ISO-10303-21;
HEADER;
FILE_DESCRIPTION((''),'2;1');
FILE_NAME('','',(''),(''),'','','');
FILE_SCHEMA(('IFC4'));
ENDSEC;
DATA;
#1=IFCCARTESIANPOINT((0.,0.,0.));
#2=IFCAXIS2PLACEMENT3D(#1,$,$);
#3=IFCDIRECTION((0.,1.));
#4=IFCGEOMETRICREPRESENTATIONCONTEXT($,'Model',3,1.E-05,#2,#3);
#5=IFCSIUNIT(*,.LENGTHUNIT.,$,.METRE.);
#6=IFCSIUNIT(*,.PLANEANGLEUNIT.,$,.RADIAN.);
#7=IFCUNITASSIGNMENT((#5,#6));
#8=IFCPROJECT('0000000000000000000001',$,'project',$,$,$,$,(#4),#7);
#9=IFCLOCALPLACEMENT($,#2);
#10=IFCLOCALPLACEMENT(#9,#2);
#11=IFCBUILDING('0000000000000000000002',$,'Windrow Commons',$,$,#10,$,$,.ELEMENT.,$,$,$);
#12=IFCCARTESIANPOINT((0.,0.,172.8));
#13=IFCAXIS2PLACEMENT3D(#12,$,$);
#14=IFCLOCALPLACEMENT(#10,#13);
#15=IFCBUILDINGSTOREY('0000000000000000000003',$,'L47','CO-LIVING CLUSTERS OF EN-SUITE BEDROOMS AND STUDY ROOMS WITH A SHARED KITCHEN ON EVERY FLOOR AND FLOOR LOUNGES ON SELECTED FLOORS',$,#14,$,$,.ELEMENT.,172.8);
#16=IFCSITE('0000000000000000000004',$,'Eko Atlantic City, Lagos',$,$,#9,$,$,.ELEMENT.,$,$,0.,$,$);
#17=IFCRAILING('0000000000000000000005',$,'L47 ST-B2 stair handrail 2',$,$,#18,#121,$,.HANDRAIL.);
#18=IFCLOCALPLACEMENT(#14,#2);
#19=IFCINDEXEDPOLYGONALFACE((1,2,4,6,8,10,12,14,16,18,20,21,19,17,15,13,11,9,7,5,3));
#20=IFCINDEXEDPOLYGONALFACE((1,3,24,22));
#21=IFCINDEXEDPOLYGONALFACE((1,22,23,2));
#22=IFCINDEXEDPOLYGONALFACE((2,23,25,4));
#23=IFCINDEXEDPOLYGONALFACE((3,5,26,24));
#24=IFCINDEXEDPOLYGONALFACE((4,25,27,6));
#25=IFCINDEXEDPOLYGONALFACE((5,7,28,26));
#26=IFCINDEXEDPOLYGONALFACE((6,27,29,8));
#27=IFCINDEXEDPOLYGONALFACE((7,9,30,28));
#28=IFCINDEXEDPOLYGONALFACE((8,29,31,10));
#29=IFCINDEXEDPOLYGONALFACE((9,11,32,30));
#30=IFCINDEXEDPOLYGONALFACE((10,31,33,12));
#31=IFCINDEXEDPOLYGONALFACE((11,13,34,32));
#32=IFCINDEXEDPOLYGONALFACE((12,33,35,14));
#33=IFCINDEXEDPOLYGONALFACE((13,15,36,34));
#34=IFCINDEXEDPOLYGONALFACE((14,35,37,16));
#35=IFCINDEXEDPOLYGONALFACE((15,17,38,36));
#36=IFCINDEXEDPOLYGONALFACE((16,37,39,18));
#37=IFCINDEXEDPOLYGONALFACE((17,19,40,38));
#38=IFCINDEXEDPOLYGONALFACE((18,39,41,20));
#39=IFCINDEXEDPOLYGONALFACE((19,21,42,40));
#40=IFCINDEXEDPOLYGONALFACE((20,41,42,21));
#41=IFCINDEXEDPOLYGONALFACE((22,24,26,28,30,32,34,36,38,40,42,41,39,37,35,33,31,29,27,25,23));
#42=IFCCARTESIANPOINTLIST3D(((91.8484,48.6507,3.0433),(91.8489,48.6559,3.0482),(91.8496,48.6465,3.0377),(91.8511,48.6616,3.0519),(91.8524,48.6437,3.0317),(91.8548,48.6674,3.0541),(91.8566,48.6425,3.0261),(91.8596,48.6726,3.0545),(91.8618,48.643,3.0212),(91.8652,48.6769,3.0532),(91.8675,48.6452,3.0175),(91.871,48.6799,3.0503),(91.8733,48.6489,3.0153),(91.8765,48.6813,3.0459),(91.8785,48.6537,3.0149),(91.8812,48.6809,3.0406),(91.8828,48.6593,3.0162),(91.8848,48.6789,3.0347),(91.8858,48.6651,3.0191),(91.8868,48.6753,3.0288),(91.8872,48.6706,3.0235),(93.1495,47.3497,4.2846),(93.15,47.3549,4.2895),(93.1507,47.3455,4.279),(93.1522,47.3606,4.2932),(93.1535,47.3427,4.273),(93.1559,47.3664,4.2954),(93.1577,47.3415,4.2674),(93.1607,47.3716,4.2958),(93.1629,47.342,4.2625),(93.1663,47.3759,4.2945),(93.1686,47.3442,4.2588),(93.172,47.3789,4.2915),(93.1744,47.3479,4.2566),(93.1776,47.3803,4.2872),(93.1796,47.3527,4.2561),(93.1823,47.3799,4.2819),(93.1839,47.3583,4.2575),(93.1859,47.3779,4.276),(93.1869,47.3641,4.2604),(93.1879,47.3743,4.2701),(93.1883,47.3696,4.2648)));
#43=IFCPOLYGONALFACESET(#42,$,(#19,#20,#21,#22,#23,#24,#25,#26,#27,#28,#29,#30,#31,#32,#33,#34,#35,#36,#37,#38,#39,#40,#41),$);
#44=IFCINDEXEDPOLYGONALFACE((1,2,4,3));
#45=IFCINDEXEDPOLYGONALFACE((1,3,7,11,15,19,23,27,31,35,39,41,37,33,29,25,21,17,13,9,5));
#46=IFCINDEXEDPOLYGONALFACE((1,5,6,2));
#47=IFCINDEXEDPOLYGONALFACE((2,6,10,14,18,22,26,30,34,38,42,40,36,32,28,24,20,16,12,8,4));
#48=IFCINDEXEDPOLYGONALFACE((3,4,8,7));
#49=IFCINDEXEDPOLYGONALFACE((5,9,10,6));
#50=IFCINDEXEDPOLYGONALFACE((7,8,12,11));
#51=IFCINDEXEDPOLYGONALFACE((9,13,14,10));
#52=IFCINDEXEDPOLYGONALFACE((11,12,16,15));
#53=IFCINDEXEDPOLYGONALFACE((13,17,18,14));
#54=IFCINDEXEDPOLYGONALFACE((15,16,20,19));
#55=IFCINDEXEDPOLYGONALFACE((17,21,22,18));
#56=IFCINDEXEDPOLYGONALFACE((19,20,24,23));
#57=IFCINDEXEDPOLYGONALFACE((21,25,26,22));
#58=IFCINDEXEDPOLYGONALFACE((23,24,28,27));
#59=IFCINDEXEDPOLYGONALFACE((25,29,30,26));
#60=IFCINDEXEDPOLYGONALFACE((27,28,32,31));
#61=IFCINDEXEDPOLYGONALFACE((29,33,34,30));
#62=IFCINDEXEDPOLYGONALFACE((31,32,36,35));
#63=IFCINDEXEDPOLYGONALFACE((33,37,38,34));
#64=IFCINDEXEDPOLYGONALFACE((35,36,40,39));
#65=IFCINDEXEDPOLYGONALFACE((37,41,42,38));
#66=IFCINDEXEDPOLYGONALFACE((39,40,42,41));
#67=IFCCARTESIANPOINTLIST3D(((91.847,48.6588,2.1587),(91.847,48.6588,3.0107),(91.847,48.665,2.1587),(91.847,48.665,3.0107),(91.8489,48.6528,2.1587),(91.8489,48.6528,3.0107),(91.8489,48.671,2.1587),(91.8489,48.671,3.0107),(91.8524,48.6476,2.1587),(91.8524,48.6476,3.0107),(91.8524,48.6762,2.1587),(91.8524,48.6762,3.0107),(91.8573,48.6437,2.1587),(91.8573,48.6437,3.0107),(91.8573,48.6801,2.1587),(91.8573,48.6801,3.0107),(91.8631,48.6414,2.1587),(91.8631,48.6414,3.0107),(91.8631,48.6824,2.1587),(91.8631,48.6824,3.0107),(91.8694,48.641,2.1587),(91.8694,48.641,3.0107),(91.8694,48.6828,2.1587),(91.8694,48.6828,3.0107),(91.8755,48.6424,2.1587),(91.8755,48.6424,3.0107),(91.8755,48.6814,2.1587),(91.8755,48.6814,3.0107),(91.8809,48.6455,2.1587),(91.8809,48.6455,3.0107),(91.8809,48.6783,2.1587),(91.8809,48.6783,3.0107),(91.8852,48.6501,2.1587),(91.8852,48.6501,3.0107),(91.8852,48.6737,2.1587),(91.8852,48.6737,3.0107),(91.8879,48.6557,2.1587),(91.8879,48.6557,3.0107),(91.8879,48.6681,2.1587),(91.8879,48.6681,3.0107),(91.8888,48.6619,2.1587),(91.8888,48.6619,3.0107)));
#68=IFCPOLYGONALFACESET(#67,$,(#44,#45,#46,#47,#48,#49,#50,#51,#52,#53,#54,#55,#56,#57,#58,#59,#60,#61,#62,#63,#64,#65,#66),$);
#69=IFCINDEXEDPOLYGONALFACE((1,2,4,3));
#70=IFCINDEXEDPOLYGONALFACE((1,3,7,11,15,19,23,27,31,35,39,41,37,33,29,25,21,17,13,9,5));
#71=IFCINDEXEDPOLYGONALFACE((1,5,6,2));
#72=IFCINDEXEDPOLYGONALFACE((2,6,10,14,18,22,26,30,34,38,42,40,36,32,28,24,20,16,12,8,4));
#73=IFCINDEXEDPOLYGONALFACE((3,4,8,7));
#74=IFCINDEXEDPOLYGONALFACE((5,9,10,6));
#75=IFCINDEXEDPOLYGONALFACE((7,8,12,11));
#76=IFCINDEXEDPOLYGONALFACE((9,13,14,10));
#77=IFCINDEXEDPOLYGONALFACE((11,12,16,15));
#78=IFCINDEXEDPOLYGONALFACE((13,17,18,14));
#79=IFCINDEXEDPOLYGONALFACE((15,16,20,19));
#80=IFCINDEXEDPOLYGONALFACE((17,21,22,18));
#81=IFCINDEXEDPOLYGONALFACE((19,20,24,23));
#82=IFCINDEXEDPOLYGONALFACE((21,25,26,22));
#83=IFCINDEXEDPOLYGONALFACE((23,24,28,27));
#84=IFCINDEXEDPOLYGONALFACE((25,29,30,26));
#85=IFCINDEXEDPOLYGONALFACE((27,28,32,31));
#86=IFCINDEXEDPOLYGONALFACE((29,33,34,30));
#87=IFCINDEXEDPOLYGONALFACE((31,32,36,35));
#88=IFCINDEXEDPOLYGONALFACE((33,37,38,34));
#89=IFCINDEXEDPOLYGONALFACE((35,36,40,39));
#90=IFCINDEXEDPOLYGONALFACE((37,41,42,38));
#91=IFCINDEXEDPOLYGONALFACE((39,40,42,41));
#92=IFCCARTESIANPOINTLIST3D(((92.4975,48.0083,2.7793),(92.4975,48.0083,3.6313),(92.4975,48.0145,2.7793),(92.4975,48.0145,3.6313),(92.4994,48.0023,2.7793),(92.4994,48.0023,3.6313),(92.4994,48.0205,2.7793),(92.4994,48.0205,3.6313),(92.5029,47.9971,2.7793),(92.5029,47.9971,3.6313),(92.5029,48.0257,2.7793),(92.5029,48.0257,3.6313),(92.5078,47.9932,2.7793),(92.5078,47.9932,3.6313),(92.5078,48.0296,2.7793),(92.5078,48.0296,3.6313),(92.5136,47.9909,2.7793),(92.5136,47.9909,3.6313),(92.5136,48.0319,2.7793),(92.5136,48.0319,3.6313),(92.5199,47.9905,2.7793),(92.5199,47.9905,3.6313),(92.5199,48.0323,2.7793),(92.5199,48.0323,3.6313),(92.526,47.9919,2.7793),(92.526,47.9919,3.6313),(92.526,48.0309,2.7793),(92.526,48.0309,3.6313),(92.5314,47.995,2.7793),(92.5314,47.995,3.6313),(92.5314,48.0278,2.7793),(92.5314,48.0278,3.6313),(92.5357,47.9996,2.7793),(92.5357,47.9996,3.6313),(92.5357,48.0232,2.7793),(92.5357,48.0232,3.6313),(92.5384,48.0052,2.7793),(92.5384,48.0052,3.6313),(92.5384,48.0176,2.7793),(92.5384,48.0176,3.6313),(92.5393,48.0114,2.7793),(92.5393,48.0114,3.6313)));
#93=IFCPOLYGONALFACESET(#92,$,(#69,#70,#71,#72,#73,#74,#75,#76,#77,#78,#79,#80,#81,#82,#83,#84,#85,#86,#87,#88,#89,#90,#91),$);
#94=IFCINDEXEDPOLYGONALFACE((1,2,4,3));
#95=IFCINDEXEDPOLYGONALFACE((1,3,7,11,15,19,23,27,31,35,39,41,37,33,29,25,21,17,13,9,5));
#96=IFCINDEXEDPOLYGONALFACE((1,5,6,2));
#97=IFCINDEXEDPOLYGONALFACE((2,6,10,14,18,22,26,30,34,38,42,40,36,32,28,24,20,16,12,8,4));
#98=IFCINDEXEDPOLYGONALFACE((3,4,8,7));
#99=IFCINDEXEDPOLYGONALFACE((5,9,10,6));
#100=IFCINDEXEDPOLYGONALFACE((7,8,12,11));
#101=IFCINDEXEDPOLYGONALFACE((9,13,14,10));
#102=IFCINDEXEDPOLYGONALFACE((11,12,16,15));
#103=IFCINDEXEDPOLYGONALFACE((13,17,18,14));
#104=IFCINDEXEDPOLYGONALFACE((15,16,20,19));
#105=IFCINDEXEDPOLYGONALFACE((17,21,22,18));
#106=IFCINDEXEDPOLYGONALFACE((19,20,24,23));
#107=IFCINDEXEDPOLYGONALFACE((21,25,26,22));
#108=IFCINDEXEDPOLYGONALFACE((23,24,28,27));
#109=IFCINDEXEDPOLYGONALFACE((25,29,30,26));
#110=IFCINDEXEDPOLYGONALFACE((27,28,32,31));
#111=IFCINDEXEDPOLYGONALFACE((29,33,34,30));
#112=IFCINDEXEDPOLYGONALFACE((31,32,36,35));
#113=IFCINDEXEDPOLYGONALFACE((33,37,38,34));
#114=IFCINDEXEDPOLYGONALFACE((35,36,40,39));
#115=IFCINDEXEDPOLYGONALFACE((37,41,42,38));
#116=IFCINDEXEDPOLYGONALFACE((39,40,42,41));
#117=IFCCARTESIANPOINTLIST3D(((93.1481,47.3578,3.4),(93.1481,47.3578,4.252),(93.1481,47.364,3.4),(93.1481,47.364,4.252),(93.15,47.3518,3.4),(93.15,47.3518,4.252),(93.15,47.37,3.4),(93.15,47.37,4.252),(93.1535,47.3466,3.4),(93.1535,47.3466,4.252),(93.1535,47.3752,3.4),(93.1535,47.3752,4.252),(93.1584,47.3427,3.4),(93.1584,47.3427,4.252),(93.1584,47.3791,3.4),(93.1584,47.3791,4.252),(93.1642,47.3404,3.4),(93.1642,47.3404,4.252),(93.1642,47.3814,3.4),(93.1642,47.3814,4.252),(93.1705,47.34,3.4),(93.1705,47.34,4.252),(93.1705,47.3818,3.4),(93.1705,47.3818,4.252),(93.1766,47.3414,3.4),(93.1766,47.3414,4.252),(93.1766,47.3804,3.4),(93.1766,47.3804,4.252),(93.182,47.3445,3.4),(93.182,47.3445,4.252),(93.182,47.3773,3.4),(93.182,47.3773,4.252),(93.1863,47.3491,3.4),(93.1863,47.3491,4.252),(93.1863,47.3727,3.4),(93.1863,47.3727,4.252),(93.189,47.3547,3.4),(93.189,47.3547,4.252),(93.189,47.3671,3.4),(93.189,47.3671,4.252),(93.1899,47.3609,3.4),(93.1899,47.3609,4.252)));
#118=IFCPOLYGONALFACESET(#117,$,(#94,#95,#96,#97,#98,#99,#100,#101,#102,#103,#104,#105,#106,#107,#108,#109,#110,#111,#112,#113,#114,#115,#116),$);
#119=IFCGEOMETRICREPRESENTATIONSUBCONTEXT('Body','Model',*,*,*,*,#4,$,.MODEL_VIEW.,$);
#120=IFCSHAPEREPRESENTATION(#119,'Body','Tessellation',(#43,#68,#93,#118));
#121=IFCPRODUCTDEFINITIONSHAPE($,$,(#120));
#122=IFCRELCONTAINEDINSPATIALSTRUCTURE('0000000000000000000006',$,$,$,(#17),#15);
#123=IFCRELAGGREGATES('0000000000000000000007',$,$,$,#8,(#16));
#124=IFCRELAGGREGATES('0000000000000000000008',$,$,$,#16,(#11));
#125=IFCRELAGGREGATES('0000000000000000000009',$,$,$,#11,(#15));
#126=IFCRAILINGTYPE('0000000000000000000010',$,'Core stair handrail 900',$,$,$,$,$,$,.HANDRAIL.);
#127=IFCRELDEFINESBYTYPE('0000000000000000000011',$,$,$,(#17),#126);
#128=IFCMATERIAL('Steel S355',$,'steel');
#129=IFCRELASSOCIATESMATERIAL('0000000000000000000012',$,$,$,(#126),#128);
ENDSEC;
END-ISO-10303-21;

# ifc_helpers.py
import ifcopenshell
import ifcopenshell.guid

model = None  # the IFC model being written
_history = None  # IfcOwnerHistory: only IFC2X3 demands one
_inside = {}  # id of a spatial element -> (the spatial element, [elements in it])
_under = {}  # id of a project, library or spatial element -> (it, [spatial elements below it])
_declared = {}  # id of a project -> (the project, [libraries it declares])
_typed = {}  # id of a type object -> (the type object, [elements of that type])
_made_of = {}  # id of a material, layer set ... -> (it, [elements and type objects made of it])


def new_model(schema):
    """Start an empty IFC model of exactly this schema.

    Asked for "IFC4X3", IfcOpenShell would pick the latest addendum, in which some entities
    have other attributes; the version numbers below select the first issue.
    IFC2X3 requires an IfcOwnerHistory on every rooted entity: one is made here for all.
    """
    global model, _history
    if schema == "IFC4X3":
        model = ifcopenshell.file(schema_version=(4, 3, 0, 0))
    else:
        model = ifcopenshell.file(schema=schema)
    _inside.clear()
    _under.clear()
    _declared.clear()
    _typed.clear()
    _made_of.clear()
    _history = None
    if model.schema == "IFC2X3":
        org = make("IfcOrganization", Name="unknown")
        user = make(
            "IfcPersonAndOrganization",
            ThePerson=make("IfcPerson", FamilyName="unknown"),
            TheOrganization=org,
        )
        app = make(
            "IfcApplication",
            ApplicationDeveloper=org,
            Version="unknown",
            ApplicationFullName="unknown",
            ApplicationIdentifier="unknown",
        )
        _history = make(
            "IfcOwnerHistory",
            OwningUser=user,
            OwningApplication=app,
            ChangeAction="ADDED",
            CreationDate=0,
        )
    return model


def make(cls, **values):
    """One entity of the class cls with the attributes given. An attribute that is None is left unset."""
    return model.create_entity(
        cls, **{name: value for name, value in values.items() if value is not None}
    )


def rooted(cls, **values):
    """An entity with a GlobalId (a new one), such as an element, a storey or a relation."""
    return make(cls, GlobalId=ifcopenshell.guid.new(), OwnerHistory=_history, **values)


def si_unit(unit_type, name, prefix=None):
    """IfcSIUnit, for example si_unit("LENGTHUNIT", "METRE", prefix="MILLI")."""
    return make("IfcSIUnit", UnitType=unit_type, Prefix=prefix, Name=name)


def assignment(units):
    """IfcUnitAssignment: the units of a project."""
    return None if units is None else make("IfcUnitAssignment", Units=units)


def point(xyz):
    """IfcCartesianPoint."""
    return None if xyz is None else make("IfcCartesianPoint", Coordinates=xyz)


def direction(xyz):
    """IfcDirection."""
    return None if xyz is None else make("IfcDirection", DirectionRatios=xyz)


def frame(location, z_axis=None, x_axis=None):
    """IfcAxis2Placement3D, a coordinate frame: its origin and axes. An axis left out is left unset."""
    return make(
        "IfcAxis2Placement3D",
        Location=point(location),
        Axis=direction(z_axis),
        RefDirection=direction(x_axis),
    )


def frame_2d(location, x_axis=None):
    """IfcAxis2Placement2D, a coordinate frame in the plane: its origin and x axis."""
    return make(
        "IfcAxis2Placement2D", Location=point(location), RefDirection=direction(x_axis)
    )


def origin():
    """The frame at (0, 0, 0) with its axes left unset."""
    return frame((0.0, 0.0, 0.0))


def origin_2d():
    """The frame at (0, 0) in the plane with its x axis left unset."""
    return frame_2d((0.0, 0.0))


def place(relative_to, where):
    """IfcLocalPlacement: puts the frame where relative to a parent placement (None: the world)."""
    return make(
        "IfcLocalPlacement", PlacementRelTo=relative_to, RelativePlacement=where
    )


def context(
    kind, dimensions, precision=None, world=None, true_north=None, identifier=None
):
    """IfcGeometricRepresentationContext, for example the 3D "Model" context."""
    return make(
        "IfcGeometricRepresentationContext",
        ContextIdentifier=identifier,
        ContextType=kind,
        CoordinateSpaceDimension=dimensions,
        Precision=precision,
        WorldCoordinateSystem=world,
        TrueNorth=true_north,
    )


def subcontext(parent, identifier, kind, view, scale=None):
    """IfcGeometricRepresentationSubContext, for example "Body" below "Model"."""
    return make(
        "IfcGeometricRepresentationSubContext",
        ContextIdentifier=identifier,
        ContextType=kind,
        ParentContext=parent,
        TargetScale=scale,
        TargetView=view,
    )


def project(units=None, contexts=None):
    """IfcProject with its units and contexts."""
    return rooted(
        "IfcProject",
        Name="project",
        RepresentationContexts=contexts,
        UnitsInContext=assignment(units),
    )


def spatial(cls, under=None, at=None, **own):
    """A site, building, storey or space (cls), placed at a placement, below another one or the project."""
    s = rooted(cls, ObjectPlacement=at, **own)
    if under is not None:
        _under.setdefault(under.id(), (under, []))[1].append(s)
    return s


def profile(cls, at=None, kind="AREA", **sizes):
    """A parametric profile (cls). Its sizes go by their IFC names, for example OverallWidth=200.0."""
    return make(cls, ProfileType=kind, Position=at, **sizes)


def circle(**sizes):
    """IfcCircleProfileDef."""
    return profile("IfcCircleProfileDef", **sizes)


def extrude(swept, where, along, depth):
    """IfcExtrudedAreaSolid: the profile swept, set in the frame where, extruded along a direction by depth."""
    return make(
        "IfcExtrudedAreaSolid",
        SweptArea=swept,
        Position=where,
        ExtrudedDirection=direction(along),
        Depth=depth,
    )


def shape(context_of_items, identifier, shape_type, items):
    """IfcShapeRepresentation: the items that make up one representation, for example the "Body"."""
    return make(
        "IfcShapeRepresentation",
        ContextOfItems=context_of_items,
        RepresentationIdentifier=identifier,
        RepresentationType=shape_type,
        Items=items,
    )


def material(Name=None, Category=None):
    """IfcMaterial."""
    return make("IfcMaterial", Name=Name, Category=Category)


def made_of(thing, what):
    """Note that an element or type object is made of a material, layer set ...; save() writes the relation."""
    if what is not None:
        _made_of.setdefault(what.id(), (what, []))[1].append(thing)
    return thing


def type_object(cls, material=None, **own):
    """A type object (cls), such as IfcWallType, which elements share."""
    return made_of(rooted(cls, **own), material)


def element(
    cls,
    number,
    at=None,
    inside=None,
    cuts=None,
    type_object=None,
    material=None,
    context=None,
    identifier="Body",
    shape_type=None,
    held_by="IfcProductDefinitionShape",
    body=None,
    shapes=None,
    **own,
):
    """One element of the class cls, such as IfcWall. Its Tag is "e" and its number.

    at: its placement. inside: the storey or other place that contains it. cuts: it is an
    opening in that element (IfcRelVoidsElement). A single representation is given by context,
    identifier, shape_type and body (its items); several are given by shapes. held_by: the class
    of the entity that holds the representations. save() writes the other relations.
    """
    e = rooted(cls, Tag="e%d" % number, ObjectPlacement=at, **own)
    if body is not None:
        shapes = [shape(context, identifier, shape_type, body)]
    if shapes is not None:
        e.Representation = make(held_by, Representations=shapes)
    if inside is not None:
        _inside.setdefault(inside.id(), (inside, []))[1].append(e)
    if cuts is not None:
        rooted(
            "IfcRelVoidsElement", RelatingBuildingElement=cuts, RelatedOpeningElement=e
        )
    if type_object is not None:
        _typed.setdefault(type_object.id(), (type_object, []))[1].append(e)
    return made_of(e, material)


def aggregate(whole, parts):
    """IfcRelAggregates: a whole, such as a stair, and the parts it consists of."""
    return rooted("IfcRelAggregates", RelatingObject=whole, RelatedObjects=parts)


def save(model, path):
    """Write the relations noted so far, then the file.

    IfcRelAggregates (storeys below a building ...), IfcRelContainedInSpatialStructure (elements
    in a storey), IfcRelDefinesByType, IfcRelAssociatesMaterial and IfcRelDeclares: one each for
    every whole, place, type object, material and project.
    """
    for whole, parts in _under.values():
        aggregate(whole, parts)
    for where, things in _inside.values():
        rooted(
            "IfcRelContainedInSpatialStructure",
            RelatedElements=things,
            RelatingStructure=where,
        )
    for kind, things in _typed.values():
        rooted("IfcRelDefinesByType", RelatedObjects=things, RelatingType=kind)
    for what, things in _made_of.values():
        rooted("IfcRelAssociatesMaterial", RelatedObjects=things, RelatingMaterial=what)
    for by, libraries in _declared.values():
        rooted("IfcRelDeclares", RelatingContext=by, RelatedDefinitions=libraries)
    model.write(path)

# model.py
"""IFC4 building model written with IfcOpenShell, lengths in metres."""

from ifc_helpers import new_model, si_unit, direction, frame, origin, origin_2d, place, context, subcontext, project, spatial, circle, extrude, material, type_object, element, save


model = new_model("IFC4")

# Units and contexts
model_context = context("Model", 3, precision=1e-05, world=origin(), true_north=direction((0.0, 1.0)))
body_context = subcontext(model_context, "Body", "Model", "MODEL_VIEW")
ifc_project = project(units=[si_unit("LENGTHUNIT", "METRE"), si_unit("PLANEANGLEUNIT", "RADIAN")], contexts=[model_context])

# Site, building, storey
site_placement = place(None, origin())
site = spatial("IfcSite", under=ifc_project, at=site_placement, Name="Eko Atlantic City, Lagos", CompositionType="ELEMENT", RefElevation=0.0)
building_placement = place(site_placement, origin())
building = spatial("IfcBuilding", under=site, at=building_placement, Name="Windrow Commons", CompositionType="ELEMENT")
storey_placement = place(building_placement, frame((0.0, 0.0, 172.8)))
storey = spatial("IfcBuildingStorey", under=building, at=storey_placement, Name="L47", Description="CO-LIVING CLUSTERS OF EN-SUITE BEDROOMS AND STUDY ROOMS WITH A SHARED KITCHEN ON EVERY FLOOR AND FLOOR LOUNGES ON SELECTED FLOORS", CompositionType="ELEMENT", Elevation=172.8)

# Railing
ifc_material_1 = material(Name="Steel S355", Category="steel")
railing_type_1 = type_object("IfcRailingType", Name="Core stair handrail 900", PredefinedType="HANDRAIL", material=ifc_material_1)
railing_1_placement = place(storey_placement, frame((91.8678, 48.6619, 2.1587)))
element("IfcRailing", 1, at=railing_1_placement, inside=storey, type_object=railing_type_1, Name="L47 ST-B2 stair handrail 2", PredefinedType="HANDRAIL", context=body_context, shape_type="SweptSolid", body=[
    extrude(circle(Radius=0.024, at=origin_2d()), frame((0.0, 0.0, 0.876), z_axis=(0.586207, -0.586162, 0.559264), x_axis=(0.70708, 0.707134, 0.0)), (0.0, 0.0, 1.0), 2.2195),
    extrude(circle(Radius=0.021, at=origin_2d()), origin(), (0.0, 0.0, 1.0), 0.852),
    extrude(circle(Radius=0.021, at=origin_2d()), frame((0.6505, -0.6505, 0.6206)), (0.0, 0.0, 1.0), 0.852),
    extrude(circle(Radius=0.021, at=origin_2d()), frame((1.3011, -1.301, 1.2413)), (0.0, 0.0, 1.0), 0.852),
])

save(model, "model.ifc")
